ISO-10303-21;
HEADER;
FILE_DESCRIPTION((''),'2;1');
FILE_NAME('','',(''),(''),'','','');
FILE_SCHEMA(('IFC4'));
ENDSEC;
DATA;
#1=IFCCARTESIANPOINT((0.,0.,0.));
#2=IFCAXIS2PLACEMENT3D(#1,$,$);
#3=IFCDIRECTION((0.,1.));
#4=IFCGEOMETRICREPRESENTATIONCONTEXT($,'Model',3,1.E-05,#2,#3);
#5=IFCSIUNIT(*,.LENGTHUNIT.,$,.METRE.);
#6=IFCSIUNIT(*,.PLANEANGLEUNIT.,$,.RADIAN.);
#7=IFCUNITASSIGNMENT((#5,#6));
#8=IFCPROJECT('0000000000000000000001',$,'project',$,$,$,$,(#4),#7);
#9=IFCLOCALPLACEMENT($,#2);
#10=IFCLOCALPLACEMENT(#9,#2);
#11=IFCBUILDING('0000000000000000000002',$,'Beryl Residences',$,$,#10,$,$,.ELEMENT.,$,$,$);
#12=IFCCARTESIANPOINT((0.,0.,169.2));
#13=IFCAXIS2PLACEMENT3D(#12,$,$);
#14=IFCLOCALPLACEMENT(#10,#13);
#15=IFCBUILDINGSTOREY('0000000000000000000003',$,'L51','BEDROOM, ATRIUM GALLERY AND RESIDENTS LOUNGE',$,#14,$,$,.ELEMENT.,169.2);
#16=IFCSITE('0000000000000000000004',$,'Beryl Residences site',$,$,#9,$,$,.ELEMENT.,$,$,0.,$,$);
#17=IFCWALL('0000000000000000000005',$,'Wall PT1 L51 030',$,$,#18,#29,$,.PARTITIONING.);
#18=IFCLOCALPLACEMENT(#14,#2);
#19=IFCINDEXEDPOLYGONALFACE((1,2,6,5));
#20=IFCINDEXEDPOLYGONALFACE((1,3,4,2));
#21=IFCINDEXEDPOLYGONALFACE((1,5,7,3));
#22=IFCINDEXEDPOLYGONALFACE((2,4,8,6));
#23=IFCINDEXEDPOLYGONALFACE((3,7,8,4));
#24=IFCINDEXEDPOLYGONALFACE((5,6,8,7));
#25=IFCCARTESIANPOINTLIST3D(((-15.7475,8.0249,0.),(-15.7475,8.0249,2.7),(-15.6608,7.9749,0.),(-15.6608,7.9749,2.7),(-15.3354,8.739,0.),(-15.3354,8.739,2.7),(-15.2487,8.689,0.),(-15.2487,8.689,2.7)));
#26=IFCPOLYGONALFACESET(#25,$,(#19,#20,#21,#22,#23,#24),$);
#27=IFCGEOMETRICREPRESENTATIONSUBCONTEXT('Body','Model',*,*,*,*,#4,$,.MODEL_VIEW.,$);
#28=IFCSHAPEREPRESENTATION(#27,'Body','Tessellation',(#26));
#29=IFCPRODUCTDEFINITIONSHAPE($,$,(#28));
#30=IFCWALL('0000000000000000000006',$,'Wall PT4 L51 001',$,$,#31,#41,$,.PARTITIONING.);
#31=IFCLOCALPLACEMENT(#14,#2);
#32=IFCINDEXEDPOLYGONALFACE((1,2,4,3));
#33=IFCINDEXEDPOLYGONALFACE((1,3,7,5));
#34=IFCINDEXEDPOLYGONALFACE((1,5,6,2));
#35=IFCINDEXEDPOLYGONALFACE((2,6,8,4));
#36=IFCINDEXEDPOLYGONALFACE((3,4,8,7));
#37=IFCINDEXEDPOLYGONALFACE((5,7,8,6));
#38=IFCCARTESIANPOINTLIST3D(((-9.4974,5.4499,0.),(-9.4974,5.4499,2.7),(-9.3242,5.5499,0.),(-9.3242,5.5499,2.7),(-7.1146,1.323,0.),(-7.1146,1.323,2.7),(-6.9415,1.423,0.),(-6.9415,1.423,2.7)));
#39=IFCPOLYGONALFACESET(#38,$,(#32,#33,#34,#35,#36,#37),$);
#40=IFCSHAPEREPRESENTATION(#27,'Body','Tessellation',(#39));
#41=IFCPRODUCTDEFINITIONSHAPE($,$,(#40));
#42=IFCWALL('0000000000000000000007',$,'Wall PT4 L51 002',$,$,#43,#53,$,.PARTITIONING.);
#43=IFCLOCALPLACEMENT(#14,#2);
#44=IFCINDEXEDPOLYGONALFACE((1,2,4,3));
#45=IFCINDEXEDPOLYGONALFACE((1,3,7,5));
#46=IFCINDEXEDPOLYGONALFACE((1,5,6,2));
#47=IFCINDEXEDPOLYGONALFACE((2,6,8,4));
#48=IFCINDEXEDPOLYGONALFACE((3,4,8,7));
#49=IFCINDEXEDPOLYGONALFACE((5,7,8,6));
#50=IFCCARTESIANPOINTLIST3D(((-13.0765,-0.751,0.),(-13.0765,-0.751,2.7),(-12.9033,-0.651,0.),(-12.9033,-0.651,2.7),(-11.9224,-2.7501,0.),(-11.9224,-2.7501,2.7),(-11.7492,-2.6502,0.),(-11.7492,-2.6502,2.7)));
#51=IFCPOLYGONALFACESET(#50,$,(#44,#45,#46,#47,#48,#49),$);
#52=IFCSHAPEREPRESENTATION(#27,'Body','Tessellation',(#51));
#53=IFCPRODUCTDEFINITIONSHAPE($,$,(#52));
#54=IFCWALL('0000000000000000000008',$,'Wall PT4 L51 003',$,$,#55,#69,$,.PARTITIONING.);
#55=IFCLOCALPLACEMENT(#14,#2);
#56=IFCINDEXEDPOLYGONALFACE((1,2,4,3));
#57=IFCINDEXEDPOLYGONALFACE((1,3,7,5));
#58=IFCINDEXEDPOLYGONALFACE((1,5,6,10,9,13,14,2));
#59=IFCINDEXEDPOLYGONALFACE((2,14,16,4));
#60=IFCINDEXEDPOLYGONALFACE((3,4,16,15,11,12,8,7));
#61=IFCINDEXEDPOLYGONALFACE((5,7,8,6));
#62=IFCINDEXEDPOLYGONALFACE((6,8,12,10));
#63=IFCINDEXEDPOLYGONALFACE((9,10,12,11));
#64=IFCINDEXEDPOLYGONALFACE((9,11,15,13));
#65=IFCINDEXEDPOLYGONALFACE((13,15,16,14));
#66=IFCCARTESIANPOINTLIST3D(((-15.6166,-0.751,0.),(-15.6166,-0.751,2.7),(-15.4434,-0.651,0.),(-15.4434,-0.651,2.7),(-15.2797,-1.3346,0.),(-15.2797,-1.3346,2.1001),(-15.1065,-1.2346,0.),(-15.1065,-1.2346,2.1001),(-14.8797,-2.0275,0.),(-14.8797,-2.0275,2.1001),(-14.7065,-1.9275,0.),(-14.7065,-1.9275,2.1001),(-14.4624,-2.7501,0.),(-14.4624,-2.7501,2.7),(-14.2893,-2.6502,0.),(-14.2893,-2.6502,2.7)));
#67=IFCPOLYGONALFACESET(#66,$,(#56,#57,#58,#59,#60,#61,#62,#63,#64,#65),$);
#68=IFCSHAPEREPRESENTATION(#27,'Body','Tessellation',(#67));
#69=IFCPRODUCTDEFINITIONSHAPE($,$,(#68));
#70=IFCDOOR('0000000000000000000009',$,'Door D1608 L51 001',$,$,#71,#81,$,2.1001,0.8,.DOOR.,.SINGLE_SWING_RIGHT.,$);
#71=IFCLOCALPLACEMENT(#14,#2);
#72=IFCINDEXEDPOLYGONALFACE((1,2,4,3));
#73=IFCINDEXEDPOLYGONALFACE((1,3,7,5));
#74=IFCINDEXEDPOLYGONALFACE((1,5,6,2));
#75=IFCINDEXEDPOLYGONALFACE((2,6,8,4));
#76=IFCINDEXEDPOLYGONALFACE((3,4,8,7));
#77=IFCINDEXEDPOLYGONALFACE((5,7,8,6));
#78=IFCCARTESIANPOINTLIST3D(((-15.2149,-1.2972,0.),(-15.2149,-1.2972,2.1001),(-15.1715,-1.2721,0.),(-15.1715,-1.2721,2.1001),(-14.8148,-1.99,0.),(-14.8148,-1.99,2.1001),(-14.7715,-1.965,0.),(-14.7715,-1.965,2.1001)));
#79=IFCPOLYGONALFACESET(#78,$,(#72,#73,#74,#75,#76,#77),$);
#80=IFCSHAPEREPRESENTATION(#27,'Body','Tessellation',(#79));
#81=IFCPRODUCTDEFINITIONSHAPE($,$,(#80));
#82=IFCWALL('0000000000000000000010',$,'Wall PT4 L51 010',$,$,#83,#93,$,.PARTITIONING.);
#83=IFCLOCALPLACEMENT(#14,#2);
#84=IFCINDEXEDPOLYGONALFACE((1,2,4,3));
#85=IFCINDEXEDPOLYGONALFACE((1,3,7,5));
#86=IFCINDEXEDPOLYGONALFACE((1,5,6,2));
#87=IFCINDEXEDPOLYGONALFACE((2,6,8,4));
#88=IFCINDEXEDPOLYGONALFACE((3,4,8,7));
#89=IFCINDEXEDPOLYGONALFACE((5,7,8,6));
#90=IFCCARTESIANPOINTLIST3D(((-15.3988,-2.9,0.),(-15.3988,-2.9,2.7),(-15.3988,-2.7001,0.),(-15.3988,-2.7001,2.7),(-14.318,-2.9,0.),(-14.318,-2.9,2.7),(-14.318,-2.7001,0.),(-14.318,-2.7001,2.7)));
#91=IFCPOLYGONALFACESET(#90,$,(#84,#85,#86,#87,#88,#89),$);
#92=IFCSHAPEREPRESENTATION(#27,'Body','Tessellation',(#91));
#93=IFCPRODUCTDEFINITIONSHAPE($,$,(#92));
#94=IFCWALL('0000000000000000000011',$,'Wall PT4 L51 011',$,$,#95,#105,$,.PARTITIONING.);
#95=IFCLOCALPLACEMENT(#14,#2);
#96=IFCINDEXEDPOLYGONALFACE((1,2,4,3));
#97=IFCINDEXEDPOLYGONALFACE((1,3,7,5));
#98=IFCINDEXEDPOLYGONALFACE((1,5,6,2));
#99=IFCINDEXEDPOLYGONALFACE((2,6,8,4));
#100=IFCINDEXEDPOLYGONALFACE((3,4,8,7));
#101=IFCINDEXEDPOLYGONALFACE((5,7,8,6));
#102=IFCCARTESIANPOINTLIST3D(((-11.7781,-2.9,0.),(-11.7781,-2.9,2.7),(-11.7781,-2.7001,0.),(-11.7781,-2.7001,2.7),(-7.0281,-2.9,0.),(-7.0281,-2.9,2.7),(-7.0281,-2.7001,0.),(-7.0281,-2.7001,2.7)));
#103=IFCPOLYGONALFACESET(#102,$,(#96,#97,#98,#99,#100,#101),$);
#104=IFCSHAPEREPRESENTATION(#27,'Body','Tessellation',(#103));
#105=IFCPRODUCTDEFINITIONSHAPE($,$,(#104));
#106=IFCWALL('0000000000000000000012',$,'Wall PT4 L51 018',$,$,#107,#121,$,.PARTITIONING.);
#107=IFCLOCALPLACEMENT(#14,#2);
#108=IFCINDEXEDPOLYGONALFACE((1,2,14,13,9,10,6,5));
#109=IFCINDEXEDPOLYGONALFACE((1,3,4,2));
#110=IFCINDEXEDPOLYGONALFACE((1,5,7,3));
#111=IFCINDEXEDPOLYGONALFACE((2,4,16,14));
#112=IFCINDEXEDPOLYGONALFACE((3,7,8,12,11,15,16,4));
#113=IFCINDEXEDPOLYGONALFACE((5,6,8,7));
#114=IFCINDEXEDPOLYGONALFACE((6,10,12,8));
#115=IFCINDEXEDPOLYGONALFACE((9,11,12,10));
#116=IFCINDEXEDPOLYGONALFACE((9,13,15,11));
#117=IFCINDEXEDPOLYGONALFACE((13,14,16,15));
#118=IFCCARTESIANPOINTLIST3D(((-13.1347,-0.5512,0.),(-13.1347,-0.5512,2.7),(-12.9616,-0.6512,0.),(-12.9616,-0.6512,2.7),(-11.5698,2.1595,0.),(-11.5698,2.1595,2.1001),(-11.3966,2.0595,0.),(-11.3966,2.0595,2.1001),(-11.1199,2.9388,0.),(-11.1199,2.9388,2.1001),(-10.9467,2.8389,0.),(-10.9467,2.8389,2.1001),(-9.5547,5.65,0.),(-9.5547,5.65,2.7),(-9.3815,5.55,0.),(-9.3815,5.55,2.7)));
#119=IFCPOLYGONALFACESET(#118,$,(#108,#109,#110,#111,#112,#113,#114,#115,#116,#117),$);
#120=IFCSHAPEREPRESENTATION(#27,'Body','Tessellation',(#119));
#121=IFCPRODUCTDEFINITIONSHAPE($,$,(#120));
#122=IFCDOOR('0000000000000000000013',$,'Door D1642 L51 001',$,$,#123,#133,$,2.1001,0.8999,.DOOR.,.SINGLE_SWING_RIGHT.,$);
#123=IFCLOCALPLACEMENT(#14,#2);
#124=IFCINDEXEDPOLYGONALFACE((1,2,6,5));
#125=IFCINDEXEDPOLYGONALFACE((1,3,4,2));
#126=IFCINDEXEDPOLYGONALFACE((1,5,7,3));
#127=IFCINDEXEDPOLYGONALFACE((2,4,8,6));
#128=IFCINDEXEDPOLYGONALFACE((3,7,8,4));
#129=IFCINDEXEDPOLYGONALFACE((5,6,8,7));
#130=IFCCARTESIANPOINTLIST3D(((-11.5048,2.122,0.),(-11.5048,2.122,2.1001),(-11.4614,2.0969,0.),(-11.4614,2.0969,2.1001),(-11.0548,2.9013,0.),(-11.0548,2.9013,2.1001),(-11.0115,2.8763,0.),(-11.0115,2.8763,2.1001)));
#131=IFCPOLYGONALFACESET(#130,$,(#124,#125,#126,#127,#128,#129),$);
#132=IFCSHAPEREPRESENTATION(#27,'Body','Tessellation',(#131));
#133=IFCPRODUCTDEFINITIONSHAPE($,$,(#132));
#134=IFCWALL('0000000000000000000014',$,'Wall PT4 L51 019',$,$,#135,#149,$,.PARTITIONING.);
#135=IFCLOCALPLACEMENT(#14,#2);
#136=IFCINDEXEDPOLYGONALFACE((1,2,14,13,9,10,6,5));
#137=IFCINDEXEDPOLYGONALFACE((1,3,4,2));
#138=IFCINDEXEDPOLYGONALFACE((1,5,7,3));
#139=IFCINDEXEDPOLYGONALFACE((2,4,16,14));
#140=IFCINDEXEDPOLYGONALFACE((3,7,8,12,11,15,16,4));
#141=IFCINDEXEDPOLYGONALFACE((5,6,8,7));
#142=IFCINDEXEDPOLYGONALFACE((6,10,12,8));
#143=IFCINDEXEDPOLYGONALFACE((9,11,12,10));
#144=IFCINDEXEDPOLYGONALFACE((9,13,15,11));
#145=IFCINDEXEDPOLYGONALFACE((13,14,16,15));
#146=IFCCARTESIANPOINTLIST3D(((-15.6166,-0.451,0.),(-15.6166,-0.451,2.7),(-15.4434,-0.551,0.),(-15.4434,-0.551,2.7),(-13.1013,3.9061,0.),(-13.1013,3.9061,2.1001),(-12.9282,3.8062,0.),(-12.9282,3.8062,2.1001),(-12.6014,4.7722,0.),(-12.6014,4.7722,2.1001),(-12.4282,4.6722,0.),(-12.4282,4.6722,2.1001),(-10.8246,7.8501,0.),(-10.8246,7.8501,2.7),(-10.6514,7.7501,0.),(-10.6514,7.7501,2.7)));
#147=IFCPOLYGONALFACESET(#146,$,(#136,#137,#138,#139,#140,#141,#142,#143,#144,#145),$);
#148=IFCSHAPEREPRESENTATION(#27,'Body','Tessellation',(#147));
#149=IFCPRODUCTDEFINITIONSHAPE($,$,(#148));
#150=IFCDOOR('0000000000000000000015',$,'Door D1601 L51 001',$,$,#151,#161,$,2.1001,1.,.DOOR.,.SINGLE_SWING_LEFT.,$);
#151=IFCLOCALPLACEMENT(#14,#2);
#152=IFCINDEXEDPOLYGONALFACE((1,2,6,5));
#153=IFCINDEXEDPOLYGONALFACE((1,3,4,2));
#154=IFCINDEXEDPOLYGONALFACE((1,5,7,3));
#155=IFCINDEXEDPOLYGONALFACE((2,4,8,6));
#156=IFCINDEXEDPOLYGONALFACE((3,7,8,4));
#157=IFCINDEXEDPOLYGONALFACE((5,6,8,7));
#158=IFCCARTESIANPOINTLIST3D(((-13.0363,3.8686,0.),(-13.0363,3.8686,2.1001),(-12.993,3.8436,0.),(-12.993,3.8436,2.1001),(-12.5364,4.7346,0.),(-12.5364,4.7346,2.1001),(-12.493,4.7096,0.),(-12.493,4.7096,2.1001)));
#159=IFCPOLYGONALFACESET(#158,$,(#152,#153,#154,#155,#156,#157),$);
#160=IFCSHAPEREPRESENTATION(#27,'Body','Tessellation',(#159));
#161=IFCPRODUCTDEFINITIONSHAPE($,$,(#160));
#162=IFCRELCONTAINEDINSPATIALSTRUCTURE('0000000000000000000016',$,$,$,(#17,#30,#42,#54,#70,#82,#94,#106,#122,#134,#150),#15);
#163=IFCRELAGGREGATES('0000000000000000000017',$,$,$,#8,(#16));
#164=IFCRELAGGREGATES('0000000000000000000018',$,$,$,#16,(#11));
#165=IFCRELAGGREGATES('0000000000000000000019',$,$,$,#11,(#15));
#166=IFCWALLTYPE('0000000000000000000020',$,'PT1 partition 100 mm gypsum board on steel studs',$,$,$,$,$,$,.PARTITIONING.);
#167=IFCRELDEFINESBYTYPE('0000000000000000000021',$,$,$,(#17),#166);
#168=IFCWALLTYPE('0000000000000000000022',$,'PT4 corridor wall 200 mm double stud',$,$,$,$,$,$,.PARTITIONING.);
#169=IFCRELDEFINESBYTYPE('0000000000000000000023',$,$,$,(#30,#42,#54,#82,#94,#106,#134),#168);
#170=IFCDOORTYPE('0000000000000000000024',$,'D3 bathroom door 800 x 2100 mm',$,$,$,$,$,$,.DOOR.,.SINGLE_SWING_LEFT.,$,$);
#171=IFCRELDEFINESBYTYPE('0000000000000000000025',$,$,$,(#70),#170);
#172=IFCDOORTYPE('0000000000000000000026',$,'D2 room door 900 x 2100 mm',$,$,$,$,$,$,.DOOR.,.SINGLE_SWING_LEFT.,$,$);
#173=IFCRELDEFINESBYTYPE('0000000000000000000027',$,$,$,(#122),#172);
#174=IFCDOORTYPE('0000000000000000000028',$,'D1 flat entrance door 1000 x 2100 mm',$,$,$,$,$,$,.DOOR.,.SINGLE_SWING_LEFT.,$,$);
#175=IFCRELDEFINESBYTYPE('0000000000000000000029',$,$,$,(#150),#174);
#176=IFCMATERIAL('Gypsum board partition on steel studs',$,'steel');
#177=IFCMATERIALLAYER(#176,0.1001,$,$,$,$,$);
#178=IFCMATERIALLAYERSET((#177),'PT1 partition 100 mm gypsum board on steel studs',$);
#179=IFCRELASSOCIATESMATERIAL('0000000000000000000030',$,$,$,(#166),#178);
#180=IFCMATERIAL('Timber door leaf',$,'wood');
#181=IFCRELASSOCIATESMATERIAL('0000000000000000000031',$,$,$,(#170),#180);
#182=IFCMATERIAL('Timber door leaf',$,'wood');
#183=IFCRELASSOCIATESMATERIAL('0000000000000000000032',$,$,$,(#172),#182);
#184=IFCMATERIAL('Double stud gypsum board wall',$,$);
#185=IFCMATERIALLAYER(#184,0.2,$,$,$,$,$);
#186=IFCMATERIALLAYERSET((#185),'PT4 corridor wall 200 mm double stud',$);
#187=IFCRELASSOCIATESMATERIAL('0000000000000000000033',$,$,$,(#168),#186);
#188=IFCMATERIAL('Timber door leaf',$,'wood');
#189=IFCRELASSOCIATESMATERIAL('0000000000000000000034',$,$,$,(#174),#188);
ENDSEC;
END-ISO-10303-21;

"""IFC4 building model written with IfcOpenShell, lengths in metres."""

from ifc_helpers import new_model, si_unit, direction, frame, frame_2d, origin, place, context, subcontext, project, spatial, rectangle, extrude, material, layer, layer_set, type_object, element, fill, save


model = new_model("IFC4")

# Units and contexts
model_context = context("Model", 3, precision=1e-05, world=origin(), true_north=direction((0.0, 1.0)))
body_context = subcontext(model_context, "Body", "Model", "MODEL_VIEW")
ifc_project = project(units=[si_unit("LENGTHUNIT", "METRE"), si_unit("PLANEANGLEUNIT", "RADIAN")], contexts=[model_context])

# Site, building, storey
site_placement = place(None, origin())
site = spatial("IfcSite", under=ifc_project, at=site_placement, Name="Beryl Residences site", CompositionType="ELEMENT", RefElevation=0.0)
building_placement = place(site_placement, origin())
building = spatial("IfcBuilding", under=site, at=building_placement, Name="Beryl Residences", CompositionType="ELEMENT")
storey_placement = place(building_placement, frame((0.0, 0.0, 169.2)))
storey = spatial("IfcBuildingStorey", under=building, at=storey_placement, Name="L51", Description="BEDROOM, ATRIUM GALLERY AND RESIDENTS LOUNGE", CompositionType="ELEMENT", Elevation=169.2)

# Shared definitions
ifc_material_1 = material(Name="Gypsum board partition on steel studs", Category="steel")
ifc_layer_1 = layer(ifc_material_1, 0.1001)
ifc_layer_set_1 = layer_set([ifc_layer_1], Name="PT1 partition 100 mm gypsum board on steel studs")
wall_type_1 = type_object("IfcWallType", Name="PT1 partition 100 mm gypsum board on steel studs", PredefinedType="PARTITIONING", material=ifc_layer_set_1)
ifc_material_2 = material(Name="Timber door leaf", Category="wood")
door_type_1 = type_object("IfcDoorType", Name="D3 bathroom door 800 x 2100 mm", OperationType="SINGLE_SWING_LEFT", PredefinedType="DOOR", material=ifc_material_2)
ifc_material_3 = material(Name="Timber door leaf", Category="wood")
door_type_2 = type_object("IfcDoorType", Name="D2 room door 900 x 2100 mm", OperationType="SINGLE_SWING_LEFT", PredefinedType="DOOR", material=ifc_material_3)

# Walls
wall_1_placement = place(storey_placement, frame((-15.7041, 8.0, 0.0), z_axis=(0.0, 0.0, 1.0), x_axis=(0.499834, 0.866121, 0.0)))
element("IfcWall", 1, at=wall_1_placement, inside=storey, type_object=wall_type_1, Name="Wall PT1 L51 030", PredefinedType="PARTITIONING", context=body_context, shape_type="SweptSolid", body=[
    extrude(rectangle(XDim=0.8245, YDim=0.1001, at=frame_2d((0.4121, 0.0))), origin(), (0.0, 0.0, 1.0), 2.7),
])
ifc_material_4 = material(Name="Double stud gypsum board wall")
ifc_layer_2 = layer(ifc_material_4, 0.2)
ifc_layer_set_2 = layer_set([ifc_layer_2], Name="PT4 corridor wall 200 mm double stud")
wall_type_2 = type_object("IfcWallType", Name="PT4 corridor wall 200 mm double stud", PredefinedType="PARTITIONING", material=ifc_layer_set_2)
wall_2_placement = place(storey_placement, frame((-9.4109, 5.5, 0.0), z_axis=(0.0, 0.0, 1.0), x_axis=(0.500018, -0.866015, 0.0)))
element("IfcWall", 2, at=wall_2_placement, inside=storey, type_object=wall_type_2, Name="Wall PT4 L51 001", PredefinedType="PARTITIONING", context=body_context, shape_type="SweptSolid", body=[
    extrude(rectangle(XDim=4.7654, YDim=0.2, at=frame_2d((2.3828, 0.0))), origin(), (0.0, 0.0, 1.0), 2.7),
])
wall_3_placement = place(storey_placement, frame((-12.99, -0.7009, 0.0), z_axis=(0.0, 0.0, 1.0), x_axis=(0.499973, -0.866041, 0.0)))
element("IfcWall", 3, at=wall_3_placement, inside=storey, type_object=wall_type_2, Name="Wall PT4 L51 002", PredefinedType="PARTITIONING", context=body_context, shape_type="SweptSolid", body=[
    extrude(rectangle(XDim=2.3083, YDim=0.2, at=frame_2d((1.1543, 0.0))), origin(), (0.0, 0.0, 1.0), 2.7),
])

# Wall, opening, door
wall_4_placement = place(storey_placement, frame((-15.53, -0.7009, 0.0), z_axis=(0.0, 0.0, 1.0), x_axis=(0.499973, -0.866041, 0.0)))
wall_4 = element("IfcWall", 4, at=wall_4_placement, inside=storey, type_object=wall_type_2, Name="Wall PT4 L51 003", PredefinedType="PARTITIONING", context=body_context, shape_type="SweptSolid", body=[
    extrude(rectangle(XDim=2.3083, YDim=0.2, at=frame_2d((1.1543, 0.0))), origin(), (0.0, 0.0, 1.0), 2.7),
])
opening_1_placement = place(wall_4_placement, frame((0.6741, 0.0, 0.0)))
opening_1 = element("IfcOpeningElement", 5, at=opening_1_placement, cuts=wall_4, PredefinedType="OPENING", context=body_context, shape_type="SweptSolid", body=[
    extrude(rectangle(XDim=0.8, YDim=2.1001, at=frame_2d((0.3999, 1.05))), frame((0.0, 0.1099, 0.0), z_axis=(0.0, -1.0, 0.0), x_axis=(1.0, 0.0, 0.0)), (0.0, 0.0, 1.0), 0.22),
])
door_1_placement = place(opening_1_placement, origin())
door_1 = element("IfcDoor", 6, at=door_1_placement, inside=storey, type_object=door_type_1, Name="Door D1608 L51 001", OperationType="SINGLE_SWING_RIGHT", OverallHeight=2.1001, OverallWidth=0.8, PredefinedType="DOOR", context=body_context, shape_type="SweptSolid", body=[
    extrude(rectangle(XDim=0.8, YDim=2.1001, at=frame_2d((0.3999, 1.05))), frame((0.0, 0.0249, 0.0), z_axis=(0.0, -1.0, 0.0), x_axis=(1.0, 0.0, 0.0)), (0.0, 0.0, 1.0), 0.05),
])
fill(opening_1, door_1)

# Walls
wall_5_placement = place(storey_placement, frame((-15.3989, -2.8, 0.0), z_axis=(0.0, 0.0, 1.0), x_axis=(1.0, 0.0, 0.0)))
element("IfcWall", 7, at=wall_5_placement, inside=storey, type_object=wall_type_2, Name="Wall PT4 L51 010", PredefinedType="PARTITIONING", context=body_context, shape_type="SweptSolid", body=[
    extrude(rectangle(XDim=1.0808, YDim=0.2, at=frame_2d((0.5405, 0.0))), origin(), (0.0, 0.0, 1.0), 2.7),
])
wall_6_placement = place(storey_placement, frame((-11.7781, -2.8, 0.0), z_axis=(0.0, 0.0, 1.0), x_axis=(1.0, 0.0, 0.0)))
element("IfcWall", 8, at=wall_6_placement, inside=storey, type_object=wall_type_2, Name="Wall PT4 L51 011", PredefinedType="PARTITIONING", context=body_context, shape_type="SweptSolid", body=[
    extrude(rectangle(XDim=4.75, YDim=0.2, at=frame_2d((2.375, 0.0))), origin(), (0.0, 0.0, 1.0), 2.7),
])

# Walls, openings, doors
wall_7_placement = place(storey_placement, frame((-13.0481, -0.6011, 0.0), z_axis=(0.0, 0.0, 1.0), x_axis=(0.499982, 0.866036, 0.0)))
wall_7 = element("IfcWall", 9, at=wall_7_placement, inside=storey, type_object=wall_type_2, Name="Wall PT4 L51 018", PredefinedType="PARTITIONING", context=body_context, shape_type="SweptSolid", body=[
    extrude(rectangle(XDim=7.1604, YDim=0.2, at=frame_2d((3.5801, 0.0))), origin(), (0.0, 0.0, 1.0), 2.7),
])
opening_2_placement = place(wall_7_placement, frame((3.1299, 0.0, 0.0)))
opening_2 = element("IfcOpeningElement", 10, at=opening_2_placement, cuts=wall_7, PredefinedType="OPENING", context=body_context, shape_type="SweptSolid", body=[
    extrude(rectangle(XDim=0.8999, YDim=2.1001, at=frame_2d((0.45, 1.05))), frame((0.0, 0.1099, 0.0), z_axis=(0.0, -1.0, 0.0), x_axis=(1.0, 0.0, 0.0)), (0.0, 0.0, 1.0), 0.22),
])
door_2_placement = place(opening_2_placement, origin())
door_2 = element("IfcDoor", 11, at=door_2_placement, inside=storey, type_object=door_type_2, Name="Door D1642 L51 001", OperationType="SINGLE_SWING_RIGHT", OverallHeight=2.1001, OverallWidth=0.8999, PredefinedType="DOOR", context=body_context, shape_type="SweptSolid", body=[
    extrude(rectangle(XDim=0.8999, YDim=2.1001, at=frame_2d((0.45, 1.05))), frame((0.0, 0.0249, 0.0), z_axis=(0.0, -1.0, 0.0), x_axis=(1.0, 0.0, 0.0)), (0.0, 0.0, 1.0), 0.05),
])
fill(opening_2, door_2)
wall_8_placement = place(storey_placement, frame((-15.53, -0.501, 0.0), z_axis=(0.0, 0.0, 1.0), x_axis=(0.499952, 0.866053, 0.0)))
wall_8 = element("IfcWall", 12, at=wall_8_placement, inside=storey, type_object=wall_type_2, Name="Wall PT4 L51 019", PredefinedType="PARTITIONING", context=body_context, shape_type="SweptSolid", body=[
    extrude(rectangle(XDim=9.585, YDim=0.2, at=frame_2d((4.7925, 0.0))), origin(), (0.0, 0.0, 1.0), 2.7),
])
opening_3_placement = place(wall_8_placement, frame((5.031, 0.0, 0.0)))
opening_3 = element("IfcOpeningElement", 13, at=opening_3_placement, cuts=wall_8, PredefinedType="OPENING", context=body_context, shape_type="SweptSolid", body=[
    extrude(rectangle(XDim=1.0, YDim=2.1001, at=frame_2d((0.5, 1.05))), frame((0.0, 0.1099, 0.0), z_axis=(0.0, -1.0, 0.0), x_axis=(1.0, 0.0, 0.0)), (0.0, 0.0, 1.0), 0.22),
])
ifc_material_5 = material(Name="Timber door leaf", Category="wood")
door_type_3 = type_object("IfcDoorType", Name="D1 flat entrance door 1000 x 2100 mm", OperationType="SINGLE_SWING_LEFT", PredefinedType="DOOR", material=ifc_material_5)
door_3_placement = place(opening_3_placement, origin())
door_3 = element("IfcDoor", 14, at=door_3_placement, inside=storey, type_object=door_type_3, Name="Door D1601 L51 001", OperationType="SINGLE_SWING_LEFT", OverallHeight=2.1001, OverallWidth=1.0, PredefinedType="DOOR", context=body_context, shape_type="SweptSolid", body=[
    extrude(rectangle(XDim=1.0, YDim=2.1001, at=frame_2d((0.5, 1.05))), frame((0.0, 0.0249, 0.0), z_axis=(0.0, -1.0, 0.0), x_axis=(1.0, 0.0, 0.0)), (0.0, 0.0, 1.0), 0.05),
])
fill(opening_3, door_3)

save(model, "model.ifc")
